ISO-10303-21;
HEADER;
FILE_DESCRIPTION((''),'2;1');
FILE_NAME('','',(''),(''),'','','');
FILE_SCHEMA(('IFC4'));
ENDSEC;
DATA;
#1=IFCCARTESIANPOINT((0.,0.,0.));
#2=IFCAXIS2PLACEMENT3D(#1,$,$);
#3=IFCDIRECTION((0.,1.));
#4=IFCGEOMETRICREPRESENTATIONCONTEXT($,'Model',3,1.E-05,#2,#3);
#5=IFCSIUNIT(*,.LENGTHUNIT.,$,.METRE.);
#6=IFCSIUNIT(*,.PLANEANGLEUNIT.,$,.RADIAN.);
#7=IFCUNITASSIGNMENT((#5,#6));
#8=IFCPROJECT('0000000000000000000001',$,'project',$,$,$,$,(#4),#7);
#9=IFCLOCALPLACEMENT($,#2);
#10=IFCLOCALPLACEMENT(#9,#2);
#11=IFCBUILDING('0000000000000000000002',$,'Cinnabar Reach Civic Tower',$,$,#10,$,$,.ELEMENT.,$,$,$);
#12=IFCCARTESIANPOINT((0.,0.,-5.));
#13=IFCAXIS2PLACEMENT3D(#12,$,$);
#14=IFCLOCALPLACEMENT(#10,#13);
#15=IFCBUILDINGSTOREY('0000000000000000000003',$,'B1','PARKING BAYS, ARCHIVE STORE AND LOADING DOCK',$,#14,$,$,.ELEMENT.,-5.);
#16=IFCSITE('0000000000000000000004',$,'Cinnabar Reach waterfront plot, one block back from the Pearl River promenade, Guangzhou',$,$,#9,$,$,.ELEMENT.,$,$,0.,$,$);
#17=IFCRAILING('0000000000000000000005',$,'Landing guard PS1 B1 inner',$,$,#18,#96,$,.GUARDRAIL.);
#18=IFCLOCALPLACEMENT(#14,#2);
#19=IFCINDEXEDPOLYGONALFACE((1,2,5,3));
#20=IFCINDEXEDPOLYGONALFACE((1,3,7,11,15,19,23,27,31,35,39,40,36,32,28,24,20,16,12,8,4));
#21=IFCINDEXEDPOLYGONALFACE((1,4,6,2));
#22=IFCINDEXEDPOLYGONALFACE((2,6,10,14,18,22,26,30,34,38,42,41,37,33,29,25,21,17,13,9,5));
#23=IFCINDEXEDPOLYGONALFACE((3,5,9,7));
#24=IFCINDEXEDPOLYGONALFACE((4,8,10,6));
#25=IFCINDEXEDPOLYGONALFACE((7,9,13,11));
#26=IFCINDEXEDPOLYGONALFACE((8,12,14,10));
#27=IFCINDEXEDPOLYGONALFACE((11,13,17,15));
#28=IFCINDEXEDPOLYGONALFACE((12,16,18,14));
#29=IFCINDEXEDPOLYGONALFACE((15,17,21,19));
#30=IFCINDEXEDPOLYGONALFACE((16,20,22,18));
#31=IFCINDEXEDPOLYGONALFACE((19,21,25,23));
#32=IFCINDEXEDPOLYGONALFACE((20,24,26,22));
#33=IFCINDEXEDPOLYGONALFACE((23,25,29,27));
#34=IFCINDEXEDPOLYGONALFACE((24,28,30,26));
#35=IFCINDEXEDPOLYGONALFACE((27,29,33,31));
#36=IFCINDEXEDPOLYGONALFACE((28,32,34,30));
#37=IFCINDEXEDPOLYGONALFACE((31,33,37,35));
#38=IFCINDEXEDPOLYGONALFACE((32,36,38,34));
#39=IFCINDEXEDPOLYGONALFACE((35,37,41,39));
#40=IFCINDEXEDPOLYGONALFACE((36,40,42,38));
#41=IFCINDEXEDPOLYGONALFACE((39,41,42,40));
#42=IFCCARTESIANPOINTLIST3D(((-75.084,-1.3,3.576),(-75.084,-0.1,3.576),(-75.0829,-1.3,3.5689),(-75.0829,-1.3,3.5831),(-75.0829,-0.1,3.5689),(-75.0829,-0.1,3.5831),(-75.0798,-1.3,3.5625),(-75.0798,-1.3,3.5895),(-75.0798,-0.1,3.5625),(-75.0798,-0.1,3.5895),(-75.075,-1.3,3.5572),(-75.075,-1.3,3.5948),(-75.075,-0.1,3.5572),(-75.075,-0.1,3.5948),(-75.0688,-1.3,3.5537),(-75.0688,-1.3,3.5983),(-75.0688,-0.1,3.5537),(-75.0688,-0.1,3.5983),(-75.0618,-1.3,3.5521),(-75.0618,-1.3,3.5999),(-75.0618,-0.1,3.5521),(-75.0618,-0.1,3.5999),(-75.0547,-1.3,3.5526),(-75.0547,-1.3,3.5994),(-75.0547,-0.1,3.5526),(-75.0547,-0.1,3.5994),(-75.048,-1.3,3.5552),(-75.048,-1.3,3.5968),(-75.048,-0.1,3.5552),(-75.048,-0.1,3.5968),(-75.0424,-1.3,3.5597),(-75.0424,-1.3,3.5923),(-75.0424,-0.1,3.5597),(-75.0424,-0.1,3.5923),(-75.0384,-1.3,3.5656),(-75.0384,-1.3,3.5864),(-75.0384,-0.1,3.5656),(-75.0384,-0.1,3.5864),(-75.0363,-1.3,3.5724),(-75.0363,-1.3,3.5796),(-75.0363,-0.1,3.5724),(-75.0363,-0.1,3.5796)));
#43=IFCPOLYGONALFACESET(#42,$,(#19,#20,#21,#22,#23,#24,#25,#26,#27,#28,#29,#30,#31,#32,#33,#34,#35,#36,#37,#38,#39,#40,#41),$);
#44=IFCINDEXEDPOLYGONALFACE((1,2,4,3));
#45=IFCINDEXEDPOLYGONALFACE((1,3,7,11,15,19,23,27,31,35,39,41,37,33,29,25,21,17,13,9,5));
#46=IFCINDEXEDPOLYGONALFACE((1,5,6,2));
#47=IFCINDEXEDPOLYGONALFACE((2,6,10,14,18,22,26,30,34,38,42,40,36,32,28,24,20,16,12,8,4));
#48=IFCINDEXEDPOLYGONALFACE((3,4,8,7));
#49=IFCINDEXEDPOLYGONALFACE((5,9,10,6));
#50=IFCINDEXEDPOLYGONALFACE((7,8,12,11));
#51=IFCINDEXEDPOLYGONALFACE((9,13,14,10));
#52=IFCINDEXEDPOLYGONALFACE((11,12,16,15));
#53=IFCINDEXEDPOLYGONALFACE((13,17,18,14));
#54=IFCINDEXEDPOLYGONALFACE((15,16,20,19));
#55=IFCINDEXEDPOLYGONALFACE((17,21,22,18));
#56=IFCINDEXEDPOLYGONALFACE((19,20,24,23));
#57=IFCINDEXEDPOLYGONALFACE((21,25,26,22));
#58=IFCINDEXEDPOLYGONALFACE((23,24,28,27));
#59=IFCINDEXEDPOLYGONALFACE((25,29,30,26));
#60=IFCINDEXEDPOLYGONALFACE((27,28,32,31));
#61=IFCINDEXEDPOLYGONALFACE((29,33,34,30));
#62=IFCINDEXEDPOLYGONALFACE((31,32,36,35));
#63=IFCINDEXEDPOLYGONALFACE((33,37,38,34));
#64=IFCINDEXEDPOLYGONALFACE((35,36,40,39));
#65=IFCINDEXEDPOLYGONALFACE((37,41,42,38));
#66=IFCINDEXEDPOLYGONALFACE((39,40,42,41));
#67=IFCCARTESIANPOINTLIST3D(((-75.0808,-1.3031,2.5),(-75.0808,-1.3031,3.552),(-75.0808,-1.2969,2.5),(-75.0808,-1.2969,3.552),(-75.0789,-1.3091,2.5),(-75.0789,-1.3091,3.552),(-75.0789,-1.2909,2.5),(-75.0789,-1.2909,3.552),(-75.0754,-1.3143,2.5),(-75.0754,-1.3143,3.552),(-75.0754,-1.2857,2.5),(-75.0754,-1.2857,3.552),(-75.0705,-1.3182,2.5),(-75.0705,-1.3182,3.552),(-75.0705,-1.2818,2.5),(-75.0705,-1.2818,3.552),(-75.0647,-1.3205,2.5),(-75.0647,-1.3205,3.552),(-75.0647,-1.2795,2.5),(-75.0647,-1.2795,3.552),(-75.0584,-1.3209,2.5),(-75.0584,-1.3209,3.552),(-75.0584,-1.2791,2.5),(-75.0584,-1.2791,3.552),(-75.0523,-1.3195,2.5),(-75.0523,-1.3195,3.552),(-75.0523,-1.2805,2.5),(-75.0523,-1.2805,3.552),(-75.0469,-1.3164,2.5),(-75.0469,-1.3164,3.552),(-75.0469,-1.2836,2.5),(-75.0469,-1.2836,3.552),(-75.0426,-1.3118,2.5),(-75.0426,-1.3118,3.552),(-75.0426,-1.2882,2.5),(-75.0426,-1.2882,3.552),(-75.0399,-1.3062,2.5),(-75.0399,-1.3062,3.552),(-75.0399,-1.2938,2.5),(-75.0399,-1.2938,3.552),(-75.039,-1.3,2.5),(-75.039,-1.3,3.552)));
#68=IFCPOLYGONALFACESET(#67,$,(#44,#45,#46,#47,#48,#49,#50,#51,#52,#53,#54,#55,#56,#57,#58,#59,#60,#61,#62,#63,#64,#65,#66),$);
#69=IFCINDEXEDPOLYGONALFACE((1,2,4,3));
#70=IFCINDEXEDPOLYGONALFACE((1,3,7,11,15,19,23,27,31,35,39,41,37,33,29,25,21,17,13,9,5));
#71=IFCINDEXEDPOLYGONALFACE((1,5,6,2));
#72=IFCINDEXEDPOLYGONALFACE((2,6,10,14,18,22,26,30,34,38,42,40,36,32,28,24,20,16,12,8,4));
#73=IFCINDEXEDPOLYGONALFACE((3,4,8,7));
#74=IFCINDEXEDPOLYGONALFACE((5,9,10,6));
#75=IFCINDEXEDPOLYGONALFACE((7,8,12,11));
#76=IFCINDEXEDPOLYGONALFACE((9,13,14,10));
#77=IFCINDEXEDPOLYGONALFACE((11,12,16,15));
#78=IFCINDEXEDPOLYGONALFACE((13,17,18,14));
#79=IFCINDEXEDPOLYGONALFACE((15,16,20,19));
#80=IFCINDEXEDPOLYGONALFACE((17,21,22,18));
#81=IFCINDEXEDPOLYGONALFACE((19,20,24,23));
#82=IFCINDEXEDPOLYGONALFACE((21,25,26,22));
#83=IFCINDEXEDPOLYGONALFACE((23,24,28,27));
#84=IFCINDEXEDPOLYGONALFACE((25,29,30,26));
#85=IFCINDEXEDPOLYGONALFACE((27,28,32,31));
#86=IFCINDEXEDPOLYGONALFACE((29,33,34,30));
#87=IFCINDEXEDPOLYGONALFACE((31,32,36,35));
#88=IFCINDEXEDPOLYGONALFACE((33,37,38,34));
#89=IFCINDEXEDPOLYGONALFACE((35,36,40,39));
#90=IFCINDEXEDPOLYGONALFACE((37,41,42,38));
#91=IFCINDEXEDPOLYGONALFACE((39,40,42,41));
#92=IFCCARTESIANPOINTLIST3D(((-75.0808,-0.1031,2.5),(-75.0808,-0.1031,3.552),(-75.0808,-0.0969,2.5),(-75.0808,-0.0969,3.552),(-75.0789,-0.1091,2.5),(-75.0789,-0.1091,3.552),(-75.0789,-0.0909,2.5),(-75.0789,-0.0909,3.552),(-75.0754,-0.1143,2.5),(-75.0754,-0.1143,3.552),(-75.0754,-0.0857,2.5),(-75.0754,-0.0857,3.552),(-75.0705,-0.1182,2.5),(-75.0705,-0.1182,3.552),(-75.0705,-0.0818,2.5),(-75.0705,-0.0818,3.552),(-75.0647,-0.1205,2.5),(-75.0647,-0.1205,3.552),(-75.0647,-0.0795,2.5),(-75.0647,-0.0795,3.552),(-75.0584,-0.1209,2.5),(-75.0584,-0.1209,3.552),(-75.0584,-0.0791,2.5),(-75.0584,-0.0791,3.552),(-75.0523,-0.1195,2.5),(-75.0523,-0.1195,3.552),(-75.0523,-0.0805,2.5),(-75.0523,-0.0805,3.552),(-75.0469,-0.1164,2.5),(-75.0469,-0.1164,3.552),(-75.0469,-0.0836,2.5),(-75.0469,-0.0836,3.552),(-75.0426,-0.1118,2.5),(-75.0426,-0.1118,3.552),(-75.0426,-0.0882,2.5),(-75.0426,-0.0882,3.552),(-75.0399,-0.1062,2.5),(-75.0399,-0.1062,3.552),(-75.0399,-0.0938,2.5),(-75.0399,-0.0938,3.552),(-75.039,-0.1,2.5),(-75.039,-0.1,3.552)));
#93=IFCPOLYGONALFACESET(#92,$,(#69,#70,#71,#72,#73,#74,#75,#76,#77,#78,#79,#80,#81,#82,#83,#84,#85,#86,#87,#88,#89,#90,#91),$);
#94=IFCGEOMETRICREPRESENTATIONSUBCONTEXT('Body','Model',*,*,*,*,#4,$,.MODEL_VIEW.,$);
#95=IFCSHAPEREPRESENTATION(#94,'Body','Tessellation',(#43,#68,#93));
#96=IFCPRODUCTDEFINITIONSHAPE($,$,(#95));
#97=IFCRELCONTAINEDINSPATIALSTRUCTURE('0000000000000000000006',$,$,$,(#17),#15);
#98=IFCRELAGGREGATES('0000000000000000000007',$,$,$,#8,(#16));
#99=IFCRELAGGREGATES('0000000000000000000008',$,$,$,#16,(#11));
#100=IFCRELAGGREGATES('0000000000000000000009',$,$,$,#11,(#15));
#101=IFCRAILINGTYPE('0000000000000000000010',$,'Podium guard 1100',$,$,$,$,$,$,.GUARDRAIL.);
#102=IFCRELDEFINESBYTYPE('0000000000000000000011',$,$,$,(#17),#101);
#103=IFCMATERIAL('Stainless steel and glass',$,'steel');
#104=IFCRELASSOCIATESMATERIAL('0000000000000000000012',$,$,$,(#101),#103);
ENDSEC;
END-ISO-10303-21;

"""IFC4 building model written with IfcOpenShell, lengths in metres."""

from ifc_helpers import new_model, si_unit, direction, frame, origin, origin_2d, place, context, subcontext, project, spatial, circle, extrude, material, type_object, element, save


model = new_model("IFC4")

# Units and contexts
model_context = context("Model", 3, precision=1e-05, world=origin(), true_north=direction((0.0, 1.0)))
body_context = subcontext(model_context, "Body", "Model", "MODEL_VIEW")
ifc_project = project(units=[si_unit("LENGTHUNIT", "METRE"), si_unit("PLANEANGLEUNIT", "RADIAN")], contexts=[model_context])

# Site, building, storey
site_placement = place(None, origin())
site = spatial("IfcSite", under=ifc_project, at=site_placement, Name="Cinnabar Reach waterfront plot, one block back from the Pearl River promenade, Guangzhou", CompositionType="ELEMENT", RefElevation=0.0)
building_placement = place(site_placement, origin())
building = spatial("IfcBuilding", under=site, at=building_placement, Name="Cinnabar Reach Civic Tower", CompositionType="ELEMENT")
storey_placement = place(building_placement, frame((0.0, 0.0, -5.0)))
storey = spatial("IfcBuildingStorey", under=building, at=storey_placement, Name="B1", Description="PARKING BAYS, ARCHIVE STORE AND LOADING DOCK", CompositionType="ELEMENT", Elevation=-5.0)

# Railing
ifc_material_1 = material(Name="Stainless steel and glass", Category="steel")
railing_type_1 = type_object("IfcRailingType", Name="Podium guard 1100", PredefinedType="GUARDRAIL", material=ifc_material_1)
railing_1_placement = place(storey_placement, frame((-75.06, -1.3, 2.5)))
element("IfcRailing", 1, at=railing_1_placement, inside=storey, type_object=railing_type_1, Name="Landing guard PS1 B1 inner", PredefinedType="GUARDRAIL", context=body_context, shape_type="SweptSolid", body=[
    extrude(circle(Radius=0.024, at=origin_2d()), frame((0.0, 0.0, 1.076), z_axis=(0.0, 1.0, 0.0), x_axis=(-1.0, 0.0, 0.0)), (0.0, 0.0, 1.0), 1.2),
    extrude(circle(Radius=0.021, at=origin_2d()), origin(), (0.0, 0.0, 1.0), 1.052),
    extrude(circle(Radius=0.021, at=origin_2d()), frame((0.0, 1.2, 0.0)), (0.0, 0.0, 1.0), 1.052),
])

save(model, "model.ifc")
